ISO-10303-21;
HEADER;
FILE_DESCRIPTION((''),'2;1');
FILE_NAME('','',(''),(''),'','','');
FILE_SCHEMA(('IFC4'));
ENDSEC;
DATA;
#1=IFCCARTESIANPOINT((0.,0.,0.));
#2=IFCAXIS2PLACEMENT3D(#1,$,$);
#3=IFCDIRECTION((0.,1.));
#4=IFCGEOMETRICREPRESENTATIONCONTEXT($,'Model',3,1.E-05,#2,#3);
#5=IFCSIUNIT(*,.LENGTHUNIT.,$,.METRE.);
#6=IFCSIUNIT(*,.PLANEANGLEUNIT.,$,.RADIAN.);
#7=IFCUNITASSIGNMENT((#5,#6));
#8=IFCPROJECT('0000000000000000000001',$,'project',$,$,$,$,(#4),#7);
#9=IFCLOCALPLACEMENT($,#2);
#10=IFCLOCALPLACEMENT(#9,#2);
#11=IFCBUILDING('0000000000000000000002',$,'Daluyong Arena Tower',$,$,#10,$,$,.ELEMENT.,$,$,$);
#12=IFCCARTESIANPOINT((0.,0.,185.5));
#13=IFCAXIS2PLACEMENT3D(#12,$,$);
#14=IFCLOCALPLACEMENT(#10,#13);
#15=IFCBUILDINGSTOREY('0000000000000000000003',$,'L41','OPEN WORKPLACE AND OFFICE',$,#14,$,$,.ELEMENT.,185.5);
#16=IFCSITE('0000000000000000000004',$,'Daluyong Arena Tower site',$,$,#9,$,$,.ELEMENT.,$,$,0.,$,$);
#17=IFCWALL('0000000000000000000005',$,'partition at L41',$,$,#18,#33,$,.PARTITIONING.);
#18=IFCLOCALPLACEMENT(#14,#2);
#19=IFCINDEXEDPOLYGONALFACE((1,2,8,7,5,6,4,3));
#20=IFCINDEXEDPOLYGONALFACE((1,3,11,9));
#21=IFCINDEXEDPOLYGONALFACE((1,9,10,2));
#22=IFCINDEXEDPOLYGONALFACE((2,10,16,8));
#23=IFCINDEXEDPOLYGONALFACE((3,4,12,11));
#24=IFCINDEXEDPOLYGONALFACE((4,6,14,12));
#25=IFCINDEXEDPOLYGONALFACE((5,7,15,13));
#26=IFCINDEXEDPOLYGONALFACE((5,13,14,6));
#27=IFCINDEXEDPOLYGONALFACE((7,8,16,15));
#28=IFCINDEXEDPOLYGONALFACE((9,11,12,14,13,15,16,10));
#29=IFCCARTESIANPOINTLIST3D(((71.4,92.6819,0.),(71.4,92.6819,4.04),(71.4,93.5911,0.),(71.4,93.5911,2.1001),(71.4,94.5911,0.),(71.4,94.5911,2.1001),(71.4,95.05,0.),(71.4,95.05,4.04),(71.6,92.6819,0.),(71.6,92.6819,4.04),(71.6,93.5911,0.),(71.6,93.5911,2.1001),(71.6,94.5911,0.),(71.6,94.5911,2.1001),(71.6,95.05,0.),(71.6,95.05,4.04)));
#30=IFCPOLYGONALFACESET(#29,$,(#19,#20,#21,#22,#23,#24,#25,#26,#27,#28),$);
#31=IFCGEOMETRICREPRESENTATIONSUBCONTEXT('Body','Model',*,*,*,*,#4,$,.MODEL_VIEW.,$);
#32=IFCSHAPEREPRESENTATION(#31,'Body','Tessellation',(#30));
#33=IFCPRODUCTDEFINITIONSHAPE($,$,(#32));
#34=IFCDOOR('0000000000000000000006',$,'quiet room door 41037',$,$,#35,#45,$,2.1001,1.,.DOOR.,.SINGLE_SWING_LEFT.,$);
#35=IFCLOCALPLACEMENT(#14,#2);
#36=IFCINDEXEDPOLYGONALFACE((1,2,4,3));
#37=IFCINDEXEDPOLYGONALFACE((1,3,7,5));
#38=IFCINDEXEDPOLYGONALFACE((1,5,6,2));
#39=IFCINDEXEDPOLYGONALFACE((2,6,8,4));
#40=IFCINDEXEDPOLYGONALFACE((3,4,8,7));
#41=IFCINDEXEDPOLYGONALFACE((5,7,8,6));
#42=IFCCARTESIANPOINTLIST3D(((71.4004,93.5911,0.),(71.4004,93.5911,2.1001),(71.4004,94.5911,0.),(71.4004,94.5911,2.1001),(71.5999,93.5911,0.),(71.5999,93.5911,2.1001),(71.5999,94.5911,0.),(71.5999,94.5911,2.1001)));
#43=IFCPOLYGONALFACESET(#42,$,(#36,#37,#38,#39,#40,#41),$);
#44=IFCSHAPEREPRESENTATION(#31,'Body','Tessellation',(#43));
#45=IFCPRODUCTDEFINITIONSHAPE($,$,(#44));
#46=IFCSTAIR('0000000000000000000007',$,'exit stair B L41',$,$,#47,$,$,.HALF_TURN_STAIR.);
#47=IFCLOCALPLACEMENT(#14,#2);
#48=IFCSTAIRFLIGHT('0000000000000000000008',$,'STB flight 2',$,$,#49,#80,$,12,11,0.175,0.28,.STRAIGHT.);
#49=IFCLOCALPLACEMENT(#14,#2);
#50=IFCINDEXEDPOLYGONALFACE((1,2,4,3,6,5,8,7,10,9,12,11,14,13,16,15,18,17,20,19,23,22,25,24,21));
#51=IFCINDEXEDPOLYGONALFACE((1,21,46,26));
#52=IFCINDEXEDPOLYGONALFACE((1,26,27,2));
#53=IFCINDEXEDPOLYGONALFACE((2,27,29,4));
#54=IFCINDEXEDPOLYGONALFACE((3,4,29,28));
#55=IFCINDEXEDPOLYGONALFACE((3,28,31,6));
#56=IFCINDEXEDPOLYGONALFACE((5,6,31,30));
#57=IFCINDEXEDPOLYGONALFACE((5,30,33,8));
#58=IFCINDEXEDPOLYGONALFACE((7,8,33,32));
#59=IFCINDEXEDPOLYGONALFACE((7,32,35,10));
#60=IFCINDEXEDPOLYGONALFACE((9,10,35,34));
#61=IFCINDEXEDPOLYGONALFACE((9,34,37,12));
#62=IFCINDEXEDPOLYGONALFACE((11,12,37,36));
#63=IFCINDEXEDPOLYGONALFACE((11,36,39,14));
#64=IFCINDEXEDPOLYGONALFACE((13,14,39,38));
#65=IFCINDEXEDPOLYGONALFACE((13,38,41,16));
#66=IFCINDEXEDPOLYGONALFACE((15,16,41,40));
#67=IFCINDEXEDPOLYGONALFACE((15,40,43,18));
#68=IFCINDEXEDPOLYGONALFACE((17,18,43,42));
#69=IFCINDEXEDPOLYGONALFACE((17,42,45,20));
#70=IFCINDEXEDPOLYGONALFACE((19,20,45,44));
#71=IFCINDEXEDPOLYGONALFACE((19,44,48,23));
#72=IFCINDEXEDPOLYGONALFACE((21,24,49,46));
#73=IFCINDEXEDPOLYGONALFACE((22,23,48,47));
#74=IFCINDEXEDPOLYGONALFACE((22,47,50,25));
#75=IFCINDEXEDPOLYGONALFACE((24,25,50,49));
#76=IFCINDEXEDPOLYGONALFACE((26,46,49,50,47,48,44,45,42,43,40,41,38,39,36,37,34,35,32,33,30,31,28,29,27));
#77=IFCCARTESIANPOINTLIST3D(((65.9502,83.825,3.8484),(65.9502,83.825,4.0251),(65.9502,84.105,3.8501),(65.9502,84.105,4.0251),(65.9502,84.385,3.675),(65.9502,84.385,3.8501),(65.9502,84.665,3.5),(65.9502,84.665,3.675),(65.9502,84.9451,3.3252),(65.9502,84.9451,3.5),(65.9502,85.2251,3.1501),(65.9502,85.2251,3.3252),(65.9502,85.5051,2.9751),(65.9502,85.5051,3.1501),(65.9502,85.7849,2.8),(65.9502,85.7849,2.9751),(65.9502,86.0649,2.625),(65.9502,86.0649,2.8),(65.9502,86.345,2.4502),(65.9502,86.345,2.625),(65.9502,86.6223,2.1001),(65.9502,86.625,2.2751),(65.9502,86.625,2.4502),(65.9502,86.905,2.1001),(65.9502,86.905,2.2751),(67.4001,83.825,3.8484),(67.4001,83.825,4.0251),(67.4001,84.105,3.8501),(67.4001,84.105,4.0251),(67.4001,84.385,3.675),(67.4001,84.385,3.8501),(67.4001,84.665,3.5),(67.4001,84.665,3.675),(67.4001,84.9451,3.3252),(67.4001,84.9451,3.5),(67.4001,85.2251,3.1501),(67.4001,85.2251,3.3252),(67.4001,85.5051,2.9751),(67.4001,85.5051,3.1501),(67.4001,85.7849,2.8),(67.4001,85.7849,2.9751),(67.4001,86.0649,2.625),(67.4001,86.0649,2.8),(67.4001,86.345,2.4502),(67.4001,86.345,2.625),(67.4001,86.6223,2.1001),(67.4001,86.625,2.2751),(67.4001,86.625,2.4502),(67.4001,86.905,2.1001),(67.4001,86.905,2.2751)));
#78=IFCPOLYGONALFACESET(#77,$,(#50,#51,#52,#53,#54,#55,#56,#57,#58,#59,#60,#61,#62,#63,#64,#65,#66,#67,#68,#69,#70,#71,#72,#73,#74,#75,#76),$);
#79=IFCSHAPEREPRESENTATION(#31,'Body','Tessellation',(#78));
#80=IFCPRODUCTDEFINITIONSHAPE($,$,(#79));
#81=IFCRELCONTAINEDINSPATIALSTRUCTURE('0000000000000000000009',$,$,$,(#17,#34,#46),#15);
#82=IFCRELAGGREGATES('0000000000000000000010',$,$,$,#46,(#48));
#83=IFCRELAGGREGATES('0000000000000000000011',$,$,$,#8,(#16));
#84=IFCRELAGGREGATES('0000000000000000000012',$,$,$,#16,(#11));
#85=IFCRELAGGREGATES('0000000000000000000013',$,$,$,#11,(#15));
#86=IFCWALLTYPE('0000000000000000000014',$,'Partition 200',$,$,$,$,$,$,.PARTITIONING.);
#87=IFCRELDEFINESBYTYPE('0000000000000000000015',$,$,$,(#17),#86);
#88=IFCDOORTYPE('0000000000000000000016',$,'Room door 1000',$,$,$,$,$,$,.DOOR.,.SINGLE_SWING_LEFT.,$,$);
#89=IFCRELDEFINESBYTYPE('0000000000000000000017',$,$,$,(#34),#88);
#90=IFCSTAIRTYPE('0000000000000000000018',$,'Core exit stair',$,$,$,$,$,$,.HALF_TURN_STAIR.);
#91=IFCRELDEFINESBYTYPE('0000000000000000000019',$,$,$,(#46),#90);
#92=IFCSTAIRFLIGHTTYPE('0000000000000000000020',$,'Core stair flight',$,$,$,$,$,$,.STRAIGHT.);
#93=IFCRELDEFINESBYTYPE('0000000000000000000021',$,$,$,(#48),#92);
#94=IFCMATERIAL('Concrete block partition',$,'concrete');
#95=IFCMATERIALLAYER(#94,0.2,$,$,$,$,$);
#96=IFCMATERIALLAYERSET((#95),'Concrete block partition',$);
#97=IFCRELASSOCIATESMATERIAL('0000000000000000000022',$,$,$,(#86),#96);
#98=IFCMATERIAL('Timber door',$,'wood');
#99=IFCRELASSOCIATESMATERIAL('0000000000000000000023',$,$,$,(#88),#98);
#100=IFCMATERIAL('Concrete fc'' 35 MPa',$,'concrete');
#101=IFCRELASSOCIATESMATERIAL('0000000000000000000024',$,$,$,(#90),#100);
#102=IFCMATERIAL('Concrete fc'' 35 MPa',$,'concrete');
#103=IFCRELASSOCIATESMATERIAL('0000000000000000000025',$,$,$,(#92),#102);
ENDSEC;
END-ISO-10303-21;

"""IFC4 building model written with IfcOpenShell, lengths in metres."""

from ifc_helpers import new_model, si_unit, direction, frame, frame_2d, origin, place, context, subcontext, project, spatial, polyline, rectangle, outline, extrude, material, layer, layer_set, type_object, element, fill, aggregate, save


model = new_model("IFC4")

# Units and contexts
model_context = context("Model", 3, precision=1e-05, world=origin(), true_north=direction((0.0, 1.0)))
body_context = subcontext(model_context, "Body", "Model", "MODEL_VIEW")
ifc_project = project(units=[si_unit("LENGTHUNIT", "METRE"), si_unit("PLANEANGLEUNIT", "RADIAN")], contexts=[model_context])

# Site, building, storey
site_placement = place(None, origin())
site = spatial("IfcSite", under=ifc_project, at=site_placement, Name="Daluyong Arena Tower site", CompositionType="ELEMENT", RefElevation=0.0)
building_placement = place(site_placement, origin())
building = spatial("IfcBuilding", under=site, at=building_placement, Name="Daluyong Arena Tower", CompositionType="ELEMENT")
storey_placement = place(building_placement, frame((0.0, 0.0, 185.5)))
storey = spatial("IfcBuildingStorey", under=building, at=storey_placement, Name="L41", Description="OPEN WORKPLACE AND OFFICE", CompositionType="ELEMENT", Elevation=185.5)

# Shared definitions
ifc_material_1 = material(Name="Concrete block partition", Category="concrete")
ifc_layer = layer(ifc_material_1, 0.2)
ifc_layer_set = layer_set([ifc_layer], Name="Concrete block partition")
wall_type = type_object("IfcWallType", Name="Partition 200", PredefinedType="PARTITIONING", material=ifc_layer_set)

# Wall, opening, door
wall_placement = place(storey_placement, frame((71.5, 92.6819, 0.0), z_axis=(0.0, 0.0, 1.0), x_axis=(0.0, 1.0, 0.0)))
wall = element("IfcWall", 1, at=wall_placement, inside=storey, type_object=wall_type, Name="partition at L41", PredefinedType="PARTITIONING", context=body_context, shape_type="SweptSolid", body=[
    extrude(rectangle(XDim=2.3682, YDim=0.2, at=frame_2d((1.1841, 0.0))), origin(), (0.0, 0.0, 1.0), 4.04),
])
opening_placement = place(wall_placement, frame((0.9092, 0.0, 0.0)))
opening = element("IfcOpeningElement", 2, at=opening_placement, cuts=wall, PredefinedType="OPENING", context=body_context, shape_type="SweptSolid", body=[
    extrude(rectangle(XDim=1.0, YDim=2.1001, at=frame_2d((0.5, 1.05))), frame((0.0, 0.1099, 0.0), z_axis=(0.0, -1.0, 0.0), x_axis=(1.0, 0.0, 0.0)), (0.0, 0.0, 1.0), 0.22),
])
ifc_material_2 = material(Name="Timber door", Category="wood")
door_type = type_object("IfcDoorType", Name="Room door 1000", OperationType="SINGLE_SWING_LEFT", PredefinedType="DOOR", material=ifc_material_2)
door_placement = place(opening_placement, origin())
door = element("IfcDoor", 3, at=door_placement, inside=storey, type_object=door_type, Name="quiet room door 41037", OperationType="SINGLE_SWING_LEFT", OverallHeight=2.1001, OverallWidth=1.0, PredefinedType="DOOR", context=body_context, shape_type="SweptSolid", body=[
    extrude(rectangle(XDim=1.0, YDim=2.1001, at=frame_2d((0.5, 1.05))), frame((0.0, 0.0996, 0.0), z_axis=(0.0, -1.0, 0.0), x_axis=(1.0, 0.0, 0.0)), (0.0, 0.0, 1.0), 0.1995),
])
fill(opening, door)

# Stair, stair flight
ifc_material_3 = material(Name="Concrete fc' 35 MPa", Category="concrete")
stair_type = type_object("IfcStairType", Name="Core exit stair", PredefinedType="HALF_TURN_STAIR", material=ifc_material_3)
stair_placement = place(storey_placement, origin())
stair = element("IfcStair", 4, at=stair_placement, inside=storey, type_object=stair_type, Name="exit stair B L41", PredefinedType="HALF_TURN_STAIR")
ifc_material_4 = material(Name="Concrete fc' 35 MPa", Category="concrete")
stair_flight_type = type_object("IfcStairFlightType", Name="Core stair flight", PredefinedType="STRAIGHT", material=ifc_material_4)
stair_flight_placement = place(storey_placement, frame((66.675, 86.905, 2.1001), z_axis=(0.0, 0.0, 1.0), x_axis=(0.0, -1.0, 0.0)))
stair_flight = element("IfcStairFlight", 5, at=stair_flight_placement, type_object=stair_flight_type, Name="STB flight 2", NumberOfRisers=12, NumberOfTreads=11, PredefinedType="STRAIGHT", RiserHeight=0.175, TreadLength=0.28, context=body_context, shape_type="SweptSolid", body=[
    extrude(outline(polyline([(0.0, 0.0), (0.0, 0.175), (0.28, 0.175), (0.28, 0.3501), (0.5601, 0.3501), (0.5601, 0.5249), (0.8401, 0.5249), (0.8401, 0.7), (1.1201, 0.7), (1.1201, 0.875), (1.3999, 0.875), (1.3999, 1.05), (1.6799, 1.05), (1.6799, 1.2251), (1.96, 1.2251), (1.96, 1.3999), (2.24, 1.3999), (2.24, 1.575), (2.52, 1.575), (2.52, 1.75), (2.8, 1.75), (2.8, 1.925), (3.0801, 1.925), (3.0801, 2.1001), (3.0801, 1.7483), (0.2827, 0.0), (0.0, 0.0)])), frame((0.0, 0.7251, 0.0), z_axis=(0.0, -1.0, 0.0), x_axis=(1.0, 0.0, 0.0)), (0.0, 0.0, 1.0), 1.45),
])
aggregate(stair, [stair_flight])

save(model, "model.ifc")
